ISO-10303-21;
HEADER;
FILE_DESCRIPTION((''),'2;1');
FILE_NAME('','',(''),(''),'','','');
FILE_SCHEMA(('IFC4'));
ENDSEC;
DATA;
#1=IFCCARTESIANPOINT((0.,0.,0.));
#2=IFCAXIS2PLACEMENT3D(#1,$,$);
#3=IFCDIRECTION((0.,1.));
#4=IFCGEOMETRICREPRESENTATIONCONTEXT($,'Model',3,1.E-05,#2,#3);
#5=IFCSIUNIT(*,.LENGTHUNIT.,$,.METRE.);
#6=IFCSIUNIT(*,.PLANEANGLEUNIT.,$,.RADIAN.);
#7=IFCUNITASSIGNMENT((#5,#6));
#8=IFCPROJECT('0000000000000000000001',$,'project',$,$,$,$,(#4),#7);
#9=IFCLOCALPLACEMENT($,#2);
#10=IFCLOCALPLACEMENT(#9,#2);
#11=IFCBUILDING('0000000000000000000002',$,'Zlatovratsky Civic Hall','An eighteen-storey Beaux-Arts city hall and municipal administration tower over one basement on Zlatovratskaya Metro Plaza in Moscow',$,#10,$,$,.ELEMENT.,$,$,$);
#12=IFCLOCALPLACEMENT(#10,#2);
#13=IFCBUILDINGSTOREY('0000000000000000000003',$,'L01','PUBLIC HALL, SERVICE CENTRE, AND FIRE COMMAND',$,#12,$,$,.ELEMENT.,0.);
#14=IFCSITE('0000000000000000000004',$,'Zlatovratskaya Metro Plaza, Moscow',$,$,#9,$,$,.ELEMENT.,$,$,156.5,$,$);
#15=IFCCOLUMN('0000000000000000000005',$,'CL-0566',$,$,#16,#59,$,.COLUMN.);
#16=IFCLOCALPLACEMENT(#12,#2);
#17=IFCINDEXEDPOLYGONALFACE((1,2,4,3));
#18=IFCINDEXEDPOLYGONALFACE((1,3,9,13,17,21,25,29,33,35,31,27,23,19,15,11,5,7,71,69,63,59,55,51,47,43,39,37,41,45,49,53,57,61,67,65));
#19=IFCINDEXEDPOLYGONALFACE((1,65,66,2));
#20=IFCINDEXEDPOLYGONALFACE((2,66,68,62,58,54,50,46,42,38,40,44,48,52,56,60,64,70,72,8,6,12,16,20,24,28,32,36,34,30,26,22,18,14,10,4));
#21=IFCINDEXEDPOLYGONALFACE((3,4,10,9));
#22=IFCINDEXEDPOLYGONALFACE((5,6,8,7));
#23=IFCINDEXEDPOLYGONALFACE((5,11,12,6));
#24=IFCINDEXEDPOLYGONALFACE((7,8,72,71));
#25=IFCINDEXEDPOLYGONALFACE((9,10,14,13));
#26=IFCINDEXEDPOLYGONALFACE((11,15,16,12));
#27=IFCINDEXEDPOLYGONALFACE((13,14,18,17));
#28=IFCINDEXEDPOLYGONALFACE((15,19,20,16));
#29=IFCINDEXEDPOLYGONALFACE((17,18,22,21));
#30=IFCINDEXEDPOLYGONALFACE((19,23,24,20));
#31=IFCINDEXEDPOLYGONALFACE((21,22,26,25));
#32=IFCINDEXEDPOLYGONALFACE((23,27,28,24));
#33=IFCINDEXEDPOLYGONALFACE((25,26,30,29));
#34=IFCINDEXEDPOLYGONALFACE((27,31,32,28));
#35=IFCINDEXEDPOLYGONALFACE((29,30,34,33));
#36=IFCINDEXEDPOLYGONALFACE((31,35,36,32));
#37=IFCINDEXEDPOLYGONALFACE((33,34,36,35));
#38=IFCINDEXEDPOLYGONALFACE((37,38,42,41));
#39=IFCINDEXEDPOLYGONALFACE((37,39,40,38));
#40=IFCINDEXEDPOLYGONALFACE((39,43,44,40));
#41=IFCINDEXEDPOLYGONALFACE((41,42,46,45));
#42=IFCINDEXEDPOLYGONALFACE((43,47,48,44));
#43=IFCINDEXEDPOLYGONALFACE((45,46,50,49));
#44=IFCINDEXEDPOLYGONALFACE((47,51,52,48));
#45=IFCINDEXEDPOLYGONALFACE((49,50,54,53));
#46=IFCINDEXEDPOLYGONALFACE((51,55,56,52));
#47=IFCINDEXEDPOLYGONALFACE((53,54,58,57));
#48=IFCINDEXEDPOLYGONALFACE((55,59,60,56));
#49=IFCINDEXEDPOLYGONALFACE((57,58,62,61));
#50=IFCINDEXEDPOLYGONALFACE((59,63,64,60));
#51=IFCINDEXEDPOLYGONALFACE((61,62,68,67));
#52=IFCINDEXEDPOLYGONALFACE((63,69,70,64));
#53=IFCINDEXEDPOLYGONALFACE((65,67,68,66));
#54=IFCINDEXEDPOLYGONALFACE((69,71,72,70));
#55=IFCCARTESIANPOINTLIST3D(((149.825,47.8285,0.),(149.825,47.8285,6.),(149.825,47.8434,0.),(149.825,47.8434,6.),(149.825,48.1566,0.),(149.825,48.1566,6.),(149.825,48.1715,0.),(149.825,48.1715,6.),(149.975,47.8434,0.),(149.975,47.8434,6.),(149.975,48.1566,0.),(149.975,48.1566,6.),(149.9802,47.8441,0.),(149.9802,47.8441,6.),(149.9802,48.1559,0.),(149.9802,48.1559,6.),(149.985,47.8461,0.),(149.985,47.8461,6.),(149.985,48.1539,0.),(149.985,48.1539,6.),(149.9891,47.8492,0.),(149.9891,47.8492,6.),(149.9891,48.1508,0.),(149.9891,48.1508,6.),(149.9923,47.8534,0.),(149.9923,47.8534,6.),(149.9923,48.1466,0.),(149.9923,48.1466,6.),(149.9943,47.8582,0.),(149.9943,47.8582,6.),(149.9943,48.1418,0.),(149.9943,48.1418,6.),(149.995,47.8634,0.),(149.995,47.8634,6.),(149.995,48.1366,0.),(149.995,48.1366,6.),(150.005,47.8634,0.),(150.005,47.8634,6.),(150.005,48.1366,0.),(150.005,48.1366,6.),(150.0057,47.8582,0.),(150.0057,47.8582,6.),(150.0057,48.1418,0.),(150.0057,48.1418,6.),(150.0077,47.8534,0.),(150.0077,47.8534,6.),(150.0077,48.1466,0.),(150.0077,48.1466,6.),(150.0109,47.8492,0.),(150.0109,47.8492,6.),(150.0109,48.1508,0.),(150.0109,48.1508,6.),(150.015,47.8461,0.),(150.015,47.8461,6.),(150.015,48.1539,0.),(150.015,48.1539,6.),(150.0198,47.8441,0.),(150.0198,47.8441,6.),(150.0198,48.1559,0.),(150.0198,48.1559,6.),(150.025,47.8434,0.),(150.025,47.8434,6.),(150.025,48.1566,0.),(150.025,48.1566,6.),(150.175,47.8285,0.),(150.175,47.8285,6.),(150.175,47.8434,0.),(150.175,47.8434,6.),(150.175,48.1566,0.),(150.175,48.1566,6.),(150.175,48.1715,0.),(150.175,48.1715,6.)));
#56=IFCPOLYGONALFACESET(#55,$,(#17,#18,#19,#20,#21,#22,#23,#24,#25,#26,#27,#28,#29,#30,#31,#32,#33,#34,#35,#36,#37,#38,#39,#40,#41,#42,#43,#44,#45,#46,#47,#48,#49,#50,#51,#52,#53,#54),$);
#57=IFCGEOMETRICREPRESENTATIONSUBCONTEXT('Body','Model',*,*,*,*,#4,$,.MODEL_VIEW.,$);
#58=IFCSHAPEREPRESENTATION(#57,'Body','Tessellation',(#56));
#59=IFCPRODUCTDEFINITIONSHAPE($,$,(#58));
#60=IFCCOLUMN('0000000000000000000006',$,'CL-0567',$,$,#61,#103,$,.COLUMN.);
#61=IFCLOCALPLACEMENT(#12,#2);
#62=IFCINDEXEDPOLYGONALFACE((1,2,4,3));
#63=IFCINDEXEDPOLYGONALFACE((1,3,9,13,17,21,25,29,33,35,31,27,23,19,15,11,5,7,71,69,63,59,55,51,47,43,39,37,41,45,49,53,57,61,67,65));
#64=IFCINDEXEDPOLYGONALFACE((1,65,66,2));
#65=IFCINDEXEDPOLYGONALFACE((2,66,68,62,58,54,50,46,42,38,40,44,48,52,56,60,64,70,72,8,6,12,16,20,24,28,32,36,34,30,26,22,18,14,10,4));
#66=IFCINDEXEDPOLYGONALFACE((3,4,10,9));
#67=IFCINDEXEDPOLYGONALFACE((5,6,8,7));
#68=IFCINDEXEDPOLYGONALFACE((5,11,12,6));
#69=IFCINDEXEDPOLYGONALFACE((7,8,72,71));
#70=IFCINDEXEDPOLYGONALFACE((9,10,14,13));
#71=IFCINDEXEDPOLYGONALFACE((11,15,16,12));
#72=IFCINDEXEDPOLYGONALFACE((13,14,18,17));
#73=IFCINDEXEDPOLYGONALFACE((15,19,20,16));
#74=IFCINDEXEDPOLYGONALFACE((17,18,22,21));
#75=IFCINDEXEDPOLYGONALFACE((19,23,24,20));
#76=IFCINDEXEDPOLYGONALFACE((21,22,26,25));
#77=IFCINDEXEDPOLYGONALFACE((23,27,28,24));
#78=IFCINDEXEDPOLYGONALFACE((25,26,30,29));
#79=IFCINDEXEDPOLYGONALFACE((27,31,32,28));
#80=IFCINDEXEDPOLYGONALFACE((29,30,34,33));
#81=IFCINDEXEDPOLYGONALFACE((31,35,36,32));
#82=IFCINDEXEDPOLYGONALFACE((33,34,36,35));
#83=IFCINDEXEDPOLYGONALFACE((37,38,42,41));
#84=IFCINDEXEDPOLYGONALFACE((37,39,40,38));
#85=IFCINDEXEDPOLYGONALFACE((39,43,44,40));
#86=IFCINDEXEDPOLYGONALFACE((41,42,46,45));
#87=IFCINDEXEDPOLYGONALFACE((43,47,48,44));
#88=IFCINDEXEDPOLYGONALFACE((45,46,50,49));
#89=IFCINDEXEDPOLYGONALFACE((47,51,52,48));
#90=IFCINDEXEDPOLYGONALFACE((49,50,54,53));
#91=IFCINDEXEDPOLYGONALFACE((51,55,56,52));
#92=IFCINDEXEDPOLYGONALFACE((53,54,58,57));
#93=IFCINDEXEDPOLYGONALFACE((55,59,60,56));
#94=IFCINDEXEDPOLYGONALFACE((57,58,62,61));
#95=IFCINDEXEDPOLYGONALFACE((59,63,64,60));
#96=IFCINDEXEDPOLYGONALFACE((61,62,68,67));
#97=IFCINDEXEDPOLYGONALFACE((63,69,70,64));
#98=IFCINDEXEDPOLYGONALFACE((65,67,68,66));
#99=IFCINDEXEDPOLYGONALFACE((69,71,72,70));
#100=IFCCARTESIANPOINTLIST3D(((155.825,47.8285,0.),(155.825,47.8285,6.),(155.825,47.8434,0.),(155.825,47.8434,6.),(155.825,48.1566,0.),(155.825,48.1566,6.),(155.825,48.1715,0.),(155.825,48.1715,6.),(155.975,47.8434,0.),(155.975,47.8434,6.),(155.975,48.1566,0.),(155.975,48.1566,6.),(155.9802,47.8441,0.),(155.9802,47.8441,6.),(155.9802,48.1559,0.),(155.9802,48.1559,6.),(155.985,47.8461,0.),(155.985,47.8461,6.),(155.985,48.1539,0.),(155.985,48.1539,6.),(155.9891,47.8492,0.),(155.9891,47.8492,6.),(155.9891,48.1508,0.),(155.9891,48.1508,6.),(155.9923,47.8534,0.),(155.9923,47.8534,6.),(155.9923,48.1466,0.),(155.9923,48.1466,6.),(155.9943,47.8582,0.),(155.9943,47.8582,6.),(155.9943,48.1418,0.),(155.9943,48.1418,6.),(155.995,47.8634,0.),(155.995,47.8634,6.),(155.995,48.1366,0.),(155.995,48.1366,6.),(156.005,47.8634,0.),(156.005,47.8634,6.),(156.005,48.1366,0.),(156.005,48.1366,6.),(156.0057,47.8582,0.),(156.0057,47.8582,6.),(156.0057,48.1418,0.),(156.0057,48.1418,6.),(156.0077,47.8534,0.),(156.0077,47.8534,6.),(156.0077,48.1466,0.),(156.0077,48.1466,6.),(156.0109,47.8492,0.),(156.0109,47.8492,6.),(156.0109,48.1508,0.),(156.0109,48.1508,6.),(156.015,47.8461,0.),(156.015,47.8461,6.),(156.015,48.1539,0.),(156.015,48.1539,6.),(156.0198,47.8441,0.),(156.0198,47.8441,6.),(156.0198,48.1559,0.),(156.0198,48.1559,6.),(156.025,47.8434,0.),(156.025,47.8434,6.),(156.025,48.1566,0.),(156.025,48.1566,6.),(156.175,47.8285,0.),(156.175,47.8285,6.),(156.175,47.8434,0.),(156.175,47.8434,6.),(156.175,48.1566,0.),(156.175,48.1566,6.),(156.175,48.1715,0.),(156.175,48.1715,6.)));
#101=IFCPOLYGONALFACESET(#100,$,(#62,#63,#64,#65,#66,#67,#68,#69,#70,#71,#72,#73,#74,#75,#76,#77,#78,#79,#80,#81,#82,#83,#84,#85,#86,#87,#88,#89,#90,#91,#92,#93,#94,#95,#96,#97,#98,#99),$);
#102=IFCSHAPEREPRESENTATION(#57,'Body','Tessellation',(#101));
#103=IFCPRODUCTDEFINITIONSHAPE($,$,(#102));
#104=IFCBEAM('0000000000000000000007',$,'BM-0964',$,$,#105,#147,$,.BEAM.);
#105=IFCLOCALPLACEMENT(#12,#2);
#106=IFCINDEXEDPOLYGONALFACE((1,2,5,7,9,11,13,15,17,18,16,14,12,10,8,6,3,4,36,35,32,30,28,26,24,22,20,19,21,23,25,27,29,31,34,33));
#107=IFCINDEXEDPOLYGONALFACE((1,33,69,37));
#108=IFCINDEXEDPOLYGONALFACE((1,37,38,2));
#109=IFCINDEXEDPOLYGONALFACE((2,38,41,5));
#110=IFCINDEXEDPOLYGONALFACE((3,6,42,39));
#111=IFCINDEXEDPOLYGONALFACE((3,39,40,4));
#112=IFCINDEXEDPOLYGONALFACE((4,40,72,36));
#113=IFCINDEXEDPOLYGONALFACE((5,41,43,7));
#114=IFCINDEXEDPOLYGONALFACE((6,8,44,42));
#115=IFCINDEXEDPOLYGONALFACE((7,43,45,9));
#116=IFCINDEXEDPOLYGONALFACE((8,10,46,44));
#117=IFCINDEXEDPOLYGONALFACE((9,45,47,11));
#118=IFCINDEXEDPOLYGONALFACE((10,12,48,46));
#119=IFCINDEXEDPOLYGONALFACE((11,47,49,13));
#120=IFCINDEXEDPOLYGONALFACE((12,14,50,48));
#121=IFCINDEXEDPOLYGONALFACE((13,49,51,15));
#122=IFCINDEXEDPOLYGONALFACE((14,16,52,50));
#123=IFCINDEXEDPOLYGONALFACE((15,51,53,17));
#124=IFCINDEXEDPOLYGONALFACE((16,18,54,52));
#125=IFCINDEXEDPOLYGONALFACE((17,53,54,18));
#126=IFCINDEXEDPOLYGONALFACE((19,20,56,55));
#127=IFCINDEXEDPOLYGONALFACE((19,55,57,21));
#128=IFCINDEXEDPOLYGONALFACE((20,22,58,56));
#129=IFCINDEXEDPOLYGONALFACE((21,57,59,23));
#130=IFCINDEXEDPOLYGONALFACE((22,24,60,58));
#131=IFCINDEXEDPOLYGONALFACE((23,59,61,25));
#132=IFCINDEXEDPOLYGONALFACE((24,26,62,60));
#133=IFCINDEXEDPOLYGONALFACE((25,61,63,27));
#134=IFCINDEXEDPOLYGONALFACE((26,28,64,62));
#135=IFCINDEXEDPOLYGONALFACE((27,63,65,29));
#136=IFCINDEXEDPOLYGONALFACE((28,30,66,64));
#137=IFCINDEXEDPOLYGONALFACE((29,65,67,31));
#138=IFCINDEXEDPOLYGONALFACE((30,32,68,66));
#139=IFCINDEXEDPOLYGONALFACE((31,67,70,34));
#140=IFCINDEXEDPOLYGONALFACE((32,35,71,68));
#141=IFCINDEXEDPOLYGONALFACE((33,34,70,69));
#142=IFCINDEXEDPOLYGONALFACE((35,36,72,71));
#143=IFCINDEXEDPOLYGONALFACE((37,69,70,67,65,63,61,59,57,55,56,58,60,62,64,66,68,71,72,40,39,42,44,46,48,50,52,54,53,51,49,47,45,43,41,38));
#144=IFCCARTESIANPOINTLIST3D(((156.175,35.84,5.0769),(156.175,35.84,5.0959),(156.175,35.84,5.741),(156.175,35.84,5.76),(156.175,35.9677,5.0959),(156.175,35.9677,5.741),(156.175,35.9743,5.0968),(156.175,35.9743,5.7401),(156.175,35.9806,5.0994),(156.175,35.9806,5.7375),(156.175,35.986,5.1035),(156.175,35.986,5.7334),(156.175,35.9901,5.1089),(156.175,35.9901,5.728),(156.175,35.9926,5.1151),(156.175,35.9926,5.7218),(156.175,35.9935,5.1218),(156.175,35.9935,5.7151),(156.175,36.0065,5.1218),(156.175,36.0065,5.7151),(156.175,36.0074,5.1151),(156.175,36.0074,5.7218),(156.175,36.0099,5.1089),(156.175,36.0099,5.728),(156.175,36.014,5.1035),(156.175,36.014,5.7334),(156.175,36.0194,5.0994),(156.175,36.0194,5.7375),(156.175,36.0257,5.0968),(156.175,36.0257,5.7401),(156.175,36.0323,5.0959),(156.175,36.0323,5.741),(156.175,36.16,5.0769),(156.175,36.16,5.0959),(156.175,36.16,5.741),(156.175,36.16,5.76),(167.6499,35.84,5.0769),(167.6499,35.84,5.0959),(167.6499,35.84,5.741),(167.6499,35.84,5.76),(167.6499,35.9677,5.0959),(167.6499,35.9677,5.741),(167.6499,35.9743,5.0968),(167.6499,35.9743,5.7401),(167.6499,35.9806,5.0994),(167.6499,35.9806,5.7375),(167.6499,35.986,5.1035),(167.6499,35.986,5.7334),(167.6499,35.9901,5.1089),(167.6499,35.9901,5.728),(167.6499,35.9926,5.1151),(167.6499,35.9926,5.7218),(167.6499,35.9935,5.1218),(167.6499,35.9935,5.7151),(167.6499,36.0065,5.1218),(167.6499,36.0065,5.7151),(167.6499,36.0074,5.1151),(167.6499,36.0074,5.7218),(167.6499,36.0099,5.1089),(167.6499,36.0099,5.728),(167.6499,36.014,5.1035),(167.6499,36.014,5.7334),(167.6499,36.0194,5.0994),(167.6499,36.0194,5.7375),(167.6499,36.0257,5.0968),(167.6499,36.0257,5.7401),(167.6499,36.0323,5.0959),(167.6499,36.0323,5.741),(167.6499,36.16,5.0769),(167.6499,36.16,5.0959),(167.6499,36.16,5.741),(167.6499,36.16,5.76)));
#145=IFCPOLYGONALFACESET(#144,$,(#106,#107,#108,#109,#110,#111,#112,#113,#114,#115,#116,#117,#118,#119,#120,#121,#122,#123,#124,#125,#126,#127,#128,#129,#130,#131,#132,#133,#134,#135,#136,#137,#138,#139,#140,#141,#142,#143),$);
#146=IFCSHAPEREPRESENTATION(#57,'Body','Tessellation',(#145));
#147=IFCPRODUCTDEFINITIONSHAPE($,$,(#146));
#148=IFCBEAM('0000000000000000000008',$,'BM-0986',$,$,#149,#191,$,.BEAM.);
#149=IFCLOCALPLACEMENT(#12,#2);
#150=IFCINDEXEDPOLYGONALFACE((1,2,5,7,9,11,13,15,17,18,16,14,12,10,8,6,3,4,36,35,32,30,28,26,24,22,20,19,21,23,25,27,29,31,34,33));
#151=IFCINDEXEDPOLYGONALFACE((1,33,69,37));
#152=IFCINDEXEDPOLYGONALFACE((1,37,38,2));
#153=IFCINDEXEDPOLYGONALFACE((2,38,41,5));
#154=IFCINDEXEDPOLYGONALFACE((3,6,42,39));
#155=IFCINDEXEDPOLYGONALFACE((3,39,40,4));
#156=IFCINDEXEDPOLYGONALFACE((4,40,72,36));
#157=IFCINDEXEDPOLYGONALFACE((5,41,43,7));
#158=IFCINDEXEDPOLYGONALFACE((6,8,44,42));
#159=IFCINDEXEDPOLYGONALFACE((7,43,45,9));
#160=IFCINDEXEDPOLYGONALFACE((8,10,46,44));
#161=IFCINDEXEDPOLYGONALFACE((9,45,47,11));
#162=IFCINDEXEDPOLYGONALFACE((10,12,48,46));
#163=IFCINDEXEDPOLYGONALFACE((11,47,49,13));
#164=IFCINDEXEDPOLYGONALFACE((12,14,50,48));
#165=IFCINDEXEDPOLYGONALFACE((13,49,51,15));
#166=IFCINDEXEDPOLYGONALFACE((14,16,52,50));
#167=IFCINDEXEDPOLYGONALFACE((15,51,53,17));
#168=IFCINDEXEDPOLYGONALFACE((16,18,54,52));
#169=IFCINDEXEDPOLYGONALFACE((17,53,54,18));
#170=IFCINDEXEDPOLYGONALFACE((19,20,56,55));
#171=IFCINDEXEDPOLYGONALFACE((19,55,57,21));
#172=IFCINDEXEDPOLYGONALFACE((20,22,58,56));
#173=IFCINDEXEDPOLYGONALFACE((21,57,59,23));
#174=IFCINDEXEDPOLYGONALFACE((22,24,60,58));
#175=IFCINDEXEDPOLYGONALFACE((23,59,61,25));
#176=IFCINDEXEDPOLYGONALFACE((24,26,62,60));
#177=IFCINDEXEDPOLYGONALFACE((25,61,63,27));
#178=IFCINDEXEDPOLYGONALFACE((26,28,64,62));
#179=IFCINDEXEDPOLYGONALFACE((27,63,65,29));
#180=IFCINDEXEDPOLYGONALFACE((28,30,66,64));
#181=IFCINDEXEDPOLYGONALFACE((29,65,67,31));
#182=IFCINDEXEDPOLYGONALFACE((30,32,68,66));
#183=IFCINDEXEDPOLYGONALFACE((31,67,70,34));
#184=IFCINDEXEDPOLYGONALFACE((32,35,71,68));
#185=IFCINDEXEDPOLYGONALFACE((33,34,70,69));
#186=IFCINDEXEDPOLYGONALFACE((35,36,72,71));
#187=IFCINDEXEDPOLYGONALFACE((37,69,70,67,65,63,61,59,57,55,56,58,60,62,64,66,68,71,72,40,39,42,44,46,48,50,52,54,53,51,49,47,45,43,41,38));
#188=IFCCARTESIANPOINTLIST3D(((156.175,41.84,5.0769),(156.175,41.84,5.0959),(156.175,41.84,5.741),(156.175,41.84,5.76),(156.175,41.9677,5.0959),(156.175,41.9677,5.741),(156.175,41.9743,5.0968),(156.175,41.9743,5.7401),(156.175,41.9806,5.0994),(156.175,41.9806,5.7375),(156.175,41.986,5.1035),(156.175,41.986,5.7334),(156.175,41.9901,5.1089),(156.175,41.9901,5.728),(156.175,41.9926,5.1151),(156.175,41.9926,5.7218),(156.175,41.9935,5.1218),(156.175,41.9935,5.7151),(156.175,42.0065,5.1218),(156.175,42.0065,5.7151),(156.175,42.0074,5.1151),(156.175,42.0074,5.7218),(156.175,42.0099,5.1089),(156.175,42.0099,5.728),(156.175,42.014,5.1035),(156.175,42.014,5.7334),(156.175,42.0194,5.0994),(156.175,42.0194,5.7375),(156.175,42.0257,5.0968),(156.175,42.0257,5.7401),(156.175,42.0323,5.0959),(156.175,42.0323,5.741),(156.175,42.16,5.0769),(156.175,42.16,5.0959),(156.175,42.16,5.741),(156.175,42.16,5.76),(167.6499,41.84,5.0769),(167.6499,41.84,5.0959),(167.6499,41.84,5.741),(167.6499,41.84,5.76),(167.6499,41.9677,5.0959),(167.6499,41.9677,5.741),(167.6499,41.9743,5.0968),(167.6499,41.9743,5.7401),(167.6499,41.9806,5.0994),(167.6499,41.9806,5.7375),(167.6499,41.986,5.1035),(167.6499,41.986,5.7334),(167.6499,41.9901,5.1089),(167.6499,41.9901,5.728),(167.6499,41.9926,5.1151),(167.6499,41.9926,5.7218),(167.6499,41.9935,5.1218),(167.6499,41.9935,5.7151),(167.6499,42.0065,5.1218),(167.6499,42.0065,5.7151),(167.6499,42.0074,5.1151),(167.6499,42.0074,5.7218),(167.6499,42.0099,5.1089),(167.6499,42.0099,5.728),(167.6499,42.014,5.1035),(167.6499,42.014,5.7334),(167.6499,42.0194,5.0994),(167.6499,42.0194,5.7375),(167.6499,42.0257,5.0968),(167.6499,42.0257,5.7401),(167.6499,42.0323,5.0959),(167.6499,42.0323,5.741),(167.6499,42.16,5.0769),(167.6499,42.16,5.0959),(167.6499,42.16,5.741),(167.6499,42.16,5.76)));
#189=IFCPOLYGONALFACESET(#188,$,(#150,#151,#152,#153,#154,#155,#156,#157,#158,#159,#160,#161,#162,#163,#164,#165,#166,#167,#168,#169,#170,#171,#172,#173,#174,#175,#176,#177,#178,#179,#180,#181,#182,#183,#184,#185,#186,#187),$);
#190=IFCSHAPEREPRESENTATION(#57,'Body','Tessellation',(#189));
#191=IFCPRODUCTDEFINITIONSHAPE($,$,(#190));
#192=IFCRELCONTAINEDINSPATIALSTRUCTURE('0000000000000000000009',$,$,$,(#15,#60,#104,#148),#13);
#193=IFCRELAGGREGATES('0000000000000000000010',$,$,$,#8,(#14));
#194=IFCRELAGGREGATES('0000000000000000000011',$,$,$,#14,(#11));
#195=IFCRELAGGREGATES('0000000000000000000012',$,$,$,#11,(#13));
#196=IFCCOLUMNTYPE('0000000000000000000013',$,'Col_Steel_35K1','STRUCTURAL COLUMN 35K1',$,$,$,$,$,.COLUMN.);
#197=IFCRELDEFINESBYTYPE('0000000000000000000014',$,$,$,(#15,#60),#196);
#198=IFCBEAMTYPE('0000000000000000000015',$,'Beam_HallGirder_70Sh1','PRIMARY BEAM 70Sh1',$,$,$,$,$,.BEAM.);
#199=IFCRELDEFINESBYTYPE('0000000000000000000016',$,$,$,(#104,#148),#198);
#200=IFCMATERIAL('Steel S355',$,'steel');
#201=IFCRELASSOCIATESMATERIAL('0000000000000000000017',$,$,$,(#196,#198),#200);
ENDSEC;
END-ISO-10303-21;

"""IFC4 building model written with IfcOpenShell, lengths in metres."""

from ifc_helpers import new_model, si_unit, direction, frame, origin, origin_2d, place, context, subcontext, project, spatial, i_section, extrude, material, material_profile, profile_set, type_object, element, save


model = new_model("IFC4")

# Units and contexts
model_context = context("Model", 3, precision=1e-05, world=origin(), true_north=direction((0.0, 1.0)))
body_context = subcontext(model_context, "Body", "Model", "MODEL_VIEW")
ifc_project = project(units=[si_unit("LENGTHUNIT", "METRE"), si_unit("PLANEANGLEUNIT", "RADIAN")], contexts=[model_context])

# Site, building, storey
site_placement = place(None, origin())
site = spatial("IfcSite", under=ifc_project, at=site_placement, Name="Zlatovratskaya Metro Plaza, Moscow", CompositionType="ELEMENT", RefElevation=156.5)
building_placement = place(site_placement, origin())
building = spatial("IfcBuilding", under=site, at=building_placement, Name="Zlatovratsky Civic Hall", Description="An eighteen-storey Beaux-Arts city hall and municipal administration tower over one basement on Zlatovratskaya Metro Plaza in Moscow", CompositionType="ELEMENT")
storey_placement = place(building_placement, origin())
storey = spatial("IfcBuildingStorey", under=building, at=storey_placement, Name="L01", Description="PUBLIC HALL, SERVICE CENTRE, AND FIRE COMMAND", CompositionType="ELEMENT", Elevation=0.0)

# Columns
ifc_material_1 = material(Name="Steel S355", Category="steel")
ifc_material_profile_1 = material_profile(ifc_material_1, i_section(OverallWidth=0.3501, OverallDepth=0.343, WebThickness=0.01, FlangeThickness=0.0149, FilletRadius=0.02, at=origin_2d()), Name="35K1")
ifc_profile_set_1 = profile_set([ifc_material_profile_1], Name="Steel S355")
column_type_1 = type_object("IfcColumnType", Name="Col_Steel_35K1", Description="STRUCTURAL COLUMN 35K1", PredefinedType="COLUMN", material=ifc_profile_set_1)
for number, where, z_axis, x_axis, name in (
    (1, (150.0, 48.0, 0.0), (0.0, 0.0, 1.0), (1.0, 0.0, 0.0), "CL-0566"),
    (2, (156.0, 48.0, 0.0), (0.0, 0.0, 1.0), (1.0, 0.0, 0.0), "CL-0567"),
):
    element("IfcColumn", number, at=place(storey_placement, frame(where, z_axis=z_axis, x_axis=x_axis)), inside=storey, type_object=column_type_1, Name=name, PredefinedType="COLUMN", context=body_context, shape_type="SweptSolid", body=[
        extrude(i_section(OverallWidth=0.3501, OverallDepth=0.343, WebThickness=0.01, FlangeThickness=0.0149, FilletRadius=0.02, at=origin_2d()), origin(), (0.0, 0.0, 1.0), 6.0),
    ])

# Beams
ifc_material_profile_2 = material_profile(ifc_material_1, i_section(OverallWidth=0.3201, OverallDepth=0.6831, WebThickness=0.0129, FlangeThickness=0.019, FilletRadius=0.0259, at=origin_2d()), Name="70Sh1")
ifc_profile_set_2 = profile_set([ifc_material_profile_2], Name="Steel S355")
beam_type_1 = type_object("IfcBeamType", Name="Beam_HallGirder_70Sh1", Description="PRIMARY BEAM 70Sh1", PredefinedType="BEAM", material=ifc_profile_set_2)
for number, where, z_axis, x_axis, name in (
    (3, (156.175, 36.0, 5.4185), (1.0, 0.0, 0.0), (0.0, 1.0, 0.0), "BM-0964"),
    (4, (156.175, 42.0, 5.4185), (1.0, 0.0, 0.0), (0.0, 1.0, 0.0), "BM-0986"),
):
    element("IfcBeam", number, at=place(storey_placement, frame(where, z_axis=z_axis, x_axis=x_axis)), inside=storey, type_object=beam_type_1, Name=name, PredefinedType="BEAM", context=body_context, shape_type="SweptSolid", body=[
        extrude(i_section(OverallWidth=0.3201, OverallDepth=0.6831, WebThickness=0.0129, FlangeThickness=0.019, FilletRadius=0.0259, at=origin_2d()), origin(), (0.0, 0.0, 1.0), 11.4749),
    ])

save(model, "model.ifc")
